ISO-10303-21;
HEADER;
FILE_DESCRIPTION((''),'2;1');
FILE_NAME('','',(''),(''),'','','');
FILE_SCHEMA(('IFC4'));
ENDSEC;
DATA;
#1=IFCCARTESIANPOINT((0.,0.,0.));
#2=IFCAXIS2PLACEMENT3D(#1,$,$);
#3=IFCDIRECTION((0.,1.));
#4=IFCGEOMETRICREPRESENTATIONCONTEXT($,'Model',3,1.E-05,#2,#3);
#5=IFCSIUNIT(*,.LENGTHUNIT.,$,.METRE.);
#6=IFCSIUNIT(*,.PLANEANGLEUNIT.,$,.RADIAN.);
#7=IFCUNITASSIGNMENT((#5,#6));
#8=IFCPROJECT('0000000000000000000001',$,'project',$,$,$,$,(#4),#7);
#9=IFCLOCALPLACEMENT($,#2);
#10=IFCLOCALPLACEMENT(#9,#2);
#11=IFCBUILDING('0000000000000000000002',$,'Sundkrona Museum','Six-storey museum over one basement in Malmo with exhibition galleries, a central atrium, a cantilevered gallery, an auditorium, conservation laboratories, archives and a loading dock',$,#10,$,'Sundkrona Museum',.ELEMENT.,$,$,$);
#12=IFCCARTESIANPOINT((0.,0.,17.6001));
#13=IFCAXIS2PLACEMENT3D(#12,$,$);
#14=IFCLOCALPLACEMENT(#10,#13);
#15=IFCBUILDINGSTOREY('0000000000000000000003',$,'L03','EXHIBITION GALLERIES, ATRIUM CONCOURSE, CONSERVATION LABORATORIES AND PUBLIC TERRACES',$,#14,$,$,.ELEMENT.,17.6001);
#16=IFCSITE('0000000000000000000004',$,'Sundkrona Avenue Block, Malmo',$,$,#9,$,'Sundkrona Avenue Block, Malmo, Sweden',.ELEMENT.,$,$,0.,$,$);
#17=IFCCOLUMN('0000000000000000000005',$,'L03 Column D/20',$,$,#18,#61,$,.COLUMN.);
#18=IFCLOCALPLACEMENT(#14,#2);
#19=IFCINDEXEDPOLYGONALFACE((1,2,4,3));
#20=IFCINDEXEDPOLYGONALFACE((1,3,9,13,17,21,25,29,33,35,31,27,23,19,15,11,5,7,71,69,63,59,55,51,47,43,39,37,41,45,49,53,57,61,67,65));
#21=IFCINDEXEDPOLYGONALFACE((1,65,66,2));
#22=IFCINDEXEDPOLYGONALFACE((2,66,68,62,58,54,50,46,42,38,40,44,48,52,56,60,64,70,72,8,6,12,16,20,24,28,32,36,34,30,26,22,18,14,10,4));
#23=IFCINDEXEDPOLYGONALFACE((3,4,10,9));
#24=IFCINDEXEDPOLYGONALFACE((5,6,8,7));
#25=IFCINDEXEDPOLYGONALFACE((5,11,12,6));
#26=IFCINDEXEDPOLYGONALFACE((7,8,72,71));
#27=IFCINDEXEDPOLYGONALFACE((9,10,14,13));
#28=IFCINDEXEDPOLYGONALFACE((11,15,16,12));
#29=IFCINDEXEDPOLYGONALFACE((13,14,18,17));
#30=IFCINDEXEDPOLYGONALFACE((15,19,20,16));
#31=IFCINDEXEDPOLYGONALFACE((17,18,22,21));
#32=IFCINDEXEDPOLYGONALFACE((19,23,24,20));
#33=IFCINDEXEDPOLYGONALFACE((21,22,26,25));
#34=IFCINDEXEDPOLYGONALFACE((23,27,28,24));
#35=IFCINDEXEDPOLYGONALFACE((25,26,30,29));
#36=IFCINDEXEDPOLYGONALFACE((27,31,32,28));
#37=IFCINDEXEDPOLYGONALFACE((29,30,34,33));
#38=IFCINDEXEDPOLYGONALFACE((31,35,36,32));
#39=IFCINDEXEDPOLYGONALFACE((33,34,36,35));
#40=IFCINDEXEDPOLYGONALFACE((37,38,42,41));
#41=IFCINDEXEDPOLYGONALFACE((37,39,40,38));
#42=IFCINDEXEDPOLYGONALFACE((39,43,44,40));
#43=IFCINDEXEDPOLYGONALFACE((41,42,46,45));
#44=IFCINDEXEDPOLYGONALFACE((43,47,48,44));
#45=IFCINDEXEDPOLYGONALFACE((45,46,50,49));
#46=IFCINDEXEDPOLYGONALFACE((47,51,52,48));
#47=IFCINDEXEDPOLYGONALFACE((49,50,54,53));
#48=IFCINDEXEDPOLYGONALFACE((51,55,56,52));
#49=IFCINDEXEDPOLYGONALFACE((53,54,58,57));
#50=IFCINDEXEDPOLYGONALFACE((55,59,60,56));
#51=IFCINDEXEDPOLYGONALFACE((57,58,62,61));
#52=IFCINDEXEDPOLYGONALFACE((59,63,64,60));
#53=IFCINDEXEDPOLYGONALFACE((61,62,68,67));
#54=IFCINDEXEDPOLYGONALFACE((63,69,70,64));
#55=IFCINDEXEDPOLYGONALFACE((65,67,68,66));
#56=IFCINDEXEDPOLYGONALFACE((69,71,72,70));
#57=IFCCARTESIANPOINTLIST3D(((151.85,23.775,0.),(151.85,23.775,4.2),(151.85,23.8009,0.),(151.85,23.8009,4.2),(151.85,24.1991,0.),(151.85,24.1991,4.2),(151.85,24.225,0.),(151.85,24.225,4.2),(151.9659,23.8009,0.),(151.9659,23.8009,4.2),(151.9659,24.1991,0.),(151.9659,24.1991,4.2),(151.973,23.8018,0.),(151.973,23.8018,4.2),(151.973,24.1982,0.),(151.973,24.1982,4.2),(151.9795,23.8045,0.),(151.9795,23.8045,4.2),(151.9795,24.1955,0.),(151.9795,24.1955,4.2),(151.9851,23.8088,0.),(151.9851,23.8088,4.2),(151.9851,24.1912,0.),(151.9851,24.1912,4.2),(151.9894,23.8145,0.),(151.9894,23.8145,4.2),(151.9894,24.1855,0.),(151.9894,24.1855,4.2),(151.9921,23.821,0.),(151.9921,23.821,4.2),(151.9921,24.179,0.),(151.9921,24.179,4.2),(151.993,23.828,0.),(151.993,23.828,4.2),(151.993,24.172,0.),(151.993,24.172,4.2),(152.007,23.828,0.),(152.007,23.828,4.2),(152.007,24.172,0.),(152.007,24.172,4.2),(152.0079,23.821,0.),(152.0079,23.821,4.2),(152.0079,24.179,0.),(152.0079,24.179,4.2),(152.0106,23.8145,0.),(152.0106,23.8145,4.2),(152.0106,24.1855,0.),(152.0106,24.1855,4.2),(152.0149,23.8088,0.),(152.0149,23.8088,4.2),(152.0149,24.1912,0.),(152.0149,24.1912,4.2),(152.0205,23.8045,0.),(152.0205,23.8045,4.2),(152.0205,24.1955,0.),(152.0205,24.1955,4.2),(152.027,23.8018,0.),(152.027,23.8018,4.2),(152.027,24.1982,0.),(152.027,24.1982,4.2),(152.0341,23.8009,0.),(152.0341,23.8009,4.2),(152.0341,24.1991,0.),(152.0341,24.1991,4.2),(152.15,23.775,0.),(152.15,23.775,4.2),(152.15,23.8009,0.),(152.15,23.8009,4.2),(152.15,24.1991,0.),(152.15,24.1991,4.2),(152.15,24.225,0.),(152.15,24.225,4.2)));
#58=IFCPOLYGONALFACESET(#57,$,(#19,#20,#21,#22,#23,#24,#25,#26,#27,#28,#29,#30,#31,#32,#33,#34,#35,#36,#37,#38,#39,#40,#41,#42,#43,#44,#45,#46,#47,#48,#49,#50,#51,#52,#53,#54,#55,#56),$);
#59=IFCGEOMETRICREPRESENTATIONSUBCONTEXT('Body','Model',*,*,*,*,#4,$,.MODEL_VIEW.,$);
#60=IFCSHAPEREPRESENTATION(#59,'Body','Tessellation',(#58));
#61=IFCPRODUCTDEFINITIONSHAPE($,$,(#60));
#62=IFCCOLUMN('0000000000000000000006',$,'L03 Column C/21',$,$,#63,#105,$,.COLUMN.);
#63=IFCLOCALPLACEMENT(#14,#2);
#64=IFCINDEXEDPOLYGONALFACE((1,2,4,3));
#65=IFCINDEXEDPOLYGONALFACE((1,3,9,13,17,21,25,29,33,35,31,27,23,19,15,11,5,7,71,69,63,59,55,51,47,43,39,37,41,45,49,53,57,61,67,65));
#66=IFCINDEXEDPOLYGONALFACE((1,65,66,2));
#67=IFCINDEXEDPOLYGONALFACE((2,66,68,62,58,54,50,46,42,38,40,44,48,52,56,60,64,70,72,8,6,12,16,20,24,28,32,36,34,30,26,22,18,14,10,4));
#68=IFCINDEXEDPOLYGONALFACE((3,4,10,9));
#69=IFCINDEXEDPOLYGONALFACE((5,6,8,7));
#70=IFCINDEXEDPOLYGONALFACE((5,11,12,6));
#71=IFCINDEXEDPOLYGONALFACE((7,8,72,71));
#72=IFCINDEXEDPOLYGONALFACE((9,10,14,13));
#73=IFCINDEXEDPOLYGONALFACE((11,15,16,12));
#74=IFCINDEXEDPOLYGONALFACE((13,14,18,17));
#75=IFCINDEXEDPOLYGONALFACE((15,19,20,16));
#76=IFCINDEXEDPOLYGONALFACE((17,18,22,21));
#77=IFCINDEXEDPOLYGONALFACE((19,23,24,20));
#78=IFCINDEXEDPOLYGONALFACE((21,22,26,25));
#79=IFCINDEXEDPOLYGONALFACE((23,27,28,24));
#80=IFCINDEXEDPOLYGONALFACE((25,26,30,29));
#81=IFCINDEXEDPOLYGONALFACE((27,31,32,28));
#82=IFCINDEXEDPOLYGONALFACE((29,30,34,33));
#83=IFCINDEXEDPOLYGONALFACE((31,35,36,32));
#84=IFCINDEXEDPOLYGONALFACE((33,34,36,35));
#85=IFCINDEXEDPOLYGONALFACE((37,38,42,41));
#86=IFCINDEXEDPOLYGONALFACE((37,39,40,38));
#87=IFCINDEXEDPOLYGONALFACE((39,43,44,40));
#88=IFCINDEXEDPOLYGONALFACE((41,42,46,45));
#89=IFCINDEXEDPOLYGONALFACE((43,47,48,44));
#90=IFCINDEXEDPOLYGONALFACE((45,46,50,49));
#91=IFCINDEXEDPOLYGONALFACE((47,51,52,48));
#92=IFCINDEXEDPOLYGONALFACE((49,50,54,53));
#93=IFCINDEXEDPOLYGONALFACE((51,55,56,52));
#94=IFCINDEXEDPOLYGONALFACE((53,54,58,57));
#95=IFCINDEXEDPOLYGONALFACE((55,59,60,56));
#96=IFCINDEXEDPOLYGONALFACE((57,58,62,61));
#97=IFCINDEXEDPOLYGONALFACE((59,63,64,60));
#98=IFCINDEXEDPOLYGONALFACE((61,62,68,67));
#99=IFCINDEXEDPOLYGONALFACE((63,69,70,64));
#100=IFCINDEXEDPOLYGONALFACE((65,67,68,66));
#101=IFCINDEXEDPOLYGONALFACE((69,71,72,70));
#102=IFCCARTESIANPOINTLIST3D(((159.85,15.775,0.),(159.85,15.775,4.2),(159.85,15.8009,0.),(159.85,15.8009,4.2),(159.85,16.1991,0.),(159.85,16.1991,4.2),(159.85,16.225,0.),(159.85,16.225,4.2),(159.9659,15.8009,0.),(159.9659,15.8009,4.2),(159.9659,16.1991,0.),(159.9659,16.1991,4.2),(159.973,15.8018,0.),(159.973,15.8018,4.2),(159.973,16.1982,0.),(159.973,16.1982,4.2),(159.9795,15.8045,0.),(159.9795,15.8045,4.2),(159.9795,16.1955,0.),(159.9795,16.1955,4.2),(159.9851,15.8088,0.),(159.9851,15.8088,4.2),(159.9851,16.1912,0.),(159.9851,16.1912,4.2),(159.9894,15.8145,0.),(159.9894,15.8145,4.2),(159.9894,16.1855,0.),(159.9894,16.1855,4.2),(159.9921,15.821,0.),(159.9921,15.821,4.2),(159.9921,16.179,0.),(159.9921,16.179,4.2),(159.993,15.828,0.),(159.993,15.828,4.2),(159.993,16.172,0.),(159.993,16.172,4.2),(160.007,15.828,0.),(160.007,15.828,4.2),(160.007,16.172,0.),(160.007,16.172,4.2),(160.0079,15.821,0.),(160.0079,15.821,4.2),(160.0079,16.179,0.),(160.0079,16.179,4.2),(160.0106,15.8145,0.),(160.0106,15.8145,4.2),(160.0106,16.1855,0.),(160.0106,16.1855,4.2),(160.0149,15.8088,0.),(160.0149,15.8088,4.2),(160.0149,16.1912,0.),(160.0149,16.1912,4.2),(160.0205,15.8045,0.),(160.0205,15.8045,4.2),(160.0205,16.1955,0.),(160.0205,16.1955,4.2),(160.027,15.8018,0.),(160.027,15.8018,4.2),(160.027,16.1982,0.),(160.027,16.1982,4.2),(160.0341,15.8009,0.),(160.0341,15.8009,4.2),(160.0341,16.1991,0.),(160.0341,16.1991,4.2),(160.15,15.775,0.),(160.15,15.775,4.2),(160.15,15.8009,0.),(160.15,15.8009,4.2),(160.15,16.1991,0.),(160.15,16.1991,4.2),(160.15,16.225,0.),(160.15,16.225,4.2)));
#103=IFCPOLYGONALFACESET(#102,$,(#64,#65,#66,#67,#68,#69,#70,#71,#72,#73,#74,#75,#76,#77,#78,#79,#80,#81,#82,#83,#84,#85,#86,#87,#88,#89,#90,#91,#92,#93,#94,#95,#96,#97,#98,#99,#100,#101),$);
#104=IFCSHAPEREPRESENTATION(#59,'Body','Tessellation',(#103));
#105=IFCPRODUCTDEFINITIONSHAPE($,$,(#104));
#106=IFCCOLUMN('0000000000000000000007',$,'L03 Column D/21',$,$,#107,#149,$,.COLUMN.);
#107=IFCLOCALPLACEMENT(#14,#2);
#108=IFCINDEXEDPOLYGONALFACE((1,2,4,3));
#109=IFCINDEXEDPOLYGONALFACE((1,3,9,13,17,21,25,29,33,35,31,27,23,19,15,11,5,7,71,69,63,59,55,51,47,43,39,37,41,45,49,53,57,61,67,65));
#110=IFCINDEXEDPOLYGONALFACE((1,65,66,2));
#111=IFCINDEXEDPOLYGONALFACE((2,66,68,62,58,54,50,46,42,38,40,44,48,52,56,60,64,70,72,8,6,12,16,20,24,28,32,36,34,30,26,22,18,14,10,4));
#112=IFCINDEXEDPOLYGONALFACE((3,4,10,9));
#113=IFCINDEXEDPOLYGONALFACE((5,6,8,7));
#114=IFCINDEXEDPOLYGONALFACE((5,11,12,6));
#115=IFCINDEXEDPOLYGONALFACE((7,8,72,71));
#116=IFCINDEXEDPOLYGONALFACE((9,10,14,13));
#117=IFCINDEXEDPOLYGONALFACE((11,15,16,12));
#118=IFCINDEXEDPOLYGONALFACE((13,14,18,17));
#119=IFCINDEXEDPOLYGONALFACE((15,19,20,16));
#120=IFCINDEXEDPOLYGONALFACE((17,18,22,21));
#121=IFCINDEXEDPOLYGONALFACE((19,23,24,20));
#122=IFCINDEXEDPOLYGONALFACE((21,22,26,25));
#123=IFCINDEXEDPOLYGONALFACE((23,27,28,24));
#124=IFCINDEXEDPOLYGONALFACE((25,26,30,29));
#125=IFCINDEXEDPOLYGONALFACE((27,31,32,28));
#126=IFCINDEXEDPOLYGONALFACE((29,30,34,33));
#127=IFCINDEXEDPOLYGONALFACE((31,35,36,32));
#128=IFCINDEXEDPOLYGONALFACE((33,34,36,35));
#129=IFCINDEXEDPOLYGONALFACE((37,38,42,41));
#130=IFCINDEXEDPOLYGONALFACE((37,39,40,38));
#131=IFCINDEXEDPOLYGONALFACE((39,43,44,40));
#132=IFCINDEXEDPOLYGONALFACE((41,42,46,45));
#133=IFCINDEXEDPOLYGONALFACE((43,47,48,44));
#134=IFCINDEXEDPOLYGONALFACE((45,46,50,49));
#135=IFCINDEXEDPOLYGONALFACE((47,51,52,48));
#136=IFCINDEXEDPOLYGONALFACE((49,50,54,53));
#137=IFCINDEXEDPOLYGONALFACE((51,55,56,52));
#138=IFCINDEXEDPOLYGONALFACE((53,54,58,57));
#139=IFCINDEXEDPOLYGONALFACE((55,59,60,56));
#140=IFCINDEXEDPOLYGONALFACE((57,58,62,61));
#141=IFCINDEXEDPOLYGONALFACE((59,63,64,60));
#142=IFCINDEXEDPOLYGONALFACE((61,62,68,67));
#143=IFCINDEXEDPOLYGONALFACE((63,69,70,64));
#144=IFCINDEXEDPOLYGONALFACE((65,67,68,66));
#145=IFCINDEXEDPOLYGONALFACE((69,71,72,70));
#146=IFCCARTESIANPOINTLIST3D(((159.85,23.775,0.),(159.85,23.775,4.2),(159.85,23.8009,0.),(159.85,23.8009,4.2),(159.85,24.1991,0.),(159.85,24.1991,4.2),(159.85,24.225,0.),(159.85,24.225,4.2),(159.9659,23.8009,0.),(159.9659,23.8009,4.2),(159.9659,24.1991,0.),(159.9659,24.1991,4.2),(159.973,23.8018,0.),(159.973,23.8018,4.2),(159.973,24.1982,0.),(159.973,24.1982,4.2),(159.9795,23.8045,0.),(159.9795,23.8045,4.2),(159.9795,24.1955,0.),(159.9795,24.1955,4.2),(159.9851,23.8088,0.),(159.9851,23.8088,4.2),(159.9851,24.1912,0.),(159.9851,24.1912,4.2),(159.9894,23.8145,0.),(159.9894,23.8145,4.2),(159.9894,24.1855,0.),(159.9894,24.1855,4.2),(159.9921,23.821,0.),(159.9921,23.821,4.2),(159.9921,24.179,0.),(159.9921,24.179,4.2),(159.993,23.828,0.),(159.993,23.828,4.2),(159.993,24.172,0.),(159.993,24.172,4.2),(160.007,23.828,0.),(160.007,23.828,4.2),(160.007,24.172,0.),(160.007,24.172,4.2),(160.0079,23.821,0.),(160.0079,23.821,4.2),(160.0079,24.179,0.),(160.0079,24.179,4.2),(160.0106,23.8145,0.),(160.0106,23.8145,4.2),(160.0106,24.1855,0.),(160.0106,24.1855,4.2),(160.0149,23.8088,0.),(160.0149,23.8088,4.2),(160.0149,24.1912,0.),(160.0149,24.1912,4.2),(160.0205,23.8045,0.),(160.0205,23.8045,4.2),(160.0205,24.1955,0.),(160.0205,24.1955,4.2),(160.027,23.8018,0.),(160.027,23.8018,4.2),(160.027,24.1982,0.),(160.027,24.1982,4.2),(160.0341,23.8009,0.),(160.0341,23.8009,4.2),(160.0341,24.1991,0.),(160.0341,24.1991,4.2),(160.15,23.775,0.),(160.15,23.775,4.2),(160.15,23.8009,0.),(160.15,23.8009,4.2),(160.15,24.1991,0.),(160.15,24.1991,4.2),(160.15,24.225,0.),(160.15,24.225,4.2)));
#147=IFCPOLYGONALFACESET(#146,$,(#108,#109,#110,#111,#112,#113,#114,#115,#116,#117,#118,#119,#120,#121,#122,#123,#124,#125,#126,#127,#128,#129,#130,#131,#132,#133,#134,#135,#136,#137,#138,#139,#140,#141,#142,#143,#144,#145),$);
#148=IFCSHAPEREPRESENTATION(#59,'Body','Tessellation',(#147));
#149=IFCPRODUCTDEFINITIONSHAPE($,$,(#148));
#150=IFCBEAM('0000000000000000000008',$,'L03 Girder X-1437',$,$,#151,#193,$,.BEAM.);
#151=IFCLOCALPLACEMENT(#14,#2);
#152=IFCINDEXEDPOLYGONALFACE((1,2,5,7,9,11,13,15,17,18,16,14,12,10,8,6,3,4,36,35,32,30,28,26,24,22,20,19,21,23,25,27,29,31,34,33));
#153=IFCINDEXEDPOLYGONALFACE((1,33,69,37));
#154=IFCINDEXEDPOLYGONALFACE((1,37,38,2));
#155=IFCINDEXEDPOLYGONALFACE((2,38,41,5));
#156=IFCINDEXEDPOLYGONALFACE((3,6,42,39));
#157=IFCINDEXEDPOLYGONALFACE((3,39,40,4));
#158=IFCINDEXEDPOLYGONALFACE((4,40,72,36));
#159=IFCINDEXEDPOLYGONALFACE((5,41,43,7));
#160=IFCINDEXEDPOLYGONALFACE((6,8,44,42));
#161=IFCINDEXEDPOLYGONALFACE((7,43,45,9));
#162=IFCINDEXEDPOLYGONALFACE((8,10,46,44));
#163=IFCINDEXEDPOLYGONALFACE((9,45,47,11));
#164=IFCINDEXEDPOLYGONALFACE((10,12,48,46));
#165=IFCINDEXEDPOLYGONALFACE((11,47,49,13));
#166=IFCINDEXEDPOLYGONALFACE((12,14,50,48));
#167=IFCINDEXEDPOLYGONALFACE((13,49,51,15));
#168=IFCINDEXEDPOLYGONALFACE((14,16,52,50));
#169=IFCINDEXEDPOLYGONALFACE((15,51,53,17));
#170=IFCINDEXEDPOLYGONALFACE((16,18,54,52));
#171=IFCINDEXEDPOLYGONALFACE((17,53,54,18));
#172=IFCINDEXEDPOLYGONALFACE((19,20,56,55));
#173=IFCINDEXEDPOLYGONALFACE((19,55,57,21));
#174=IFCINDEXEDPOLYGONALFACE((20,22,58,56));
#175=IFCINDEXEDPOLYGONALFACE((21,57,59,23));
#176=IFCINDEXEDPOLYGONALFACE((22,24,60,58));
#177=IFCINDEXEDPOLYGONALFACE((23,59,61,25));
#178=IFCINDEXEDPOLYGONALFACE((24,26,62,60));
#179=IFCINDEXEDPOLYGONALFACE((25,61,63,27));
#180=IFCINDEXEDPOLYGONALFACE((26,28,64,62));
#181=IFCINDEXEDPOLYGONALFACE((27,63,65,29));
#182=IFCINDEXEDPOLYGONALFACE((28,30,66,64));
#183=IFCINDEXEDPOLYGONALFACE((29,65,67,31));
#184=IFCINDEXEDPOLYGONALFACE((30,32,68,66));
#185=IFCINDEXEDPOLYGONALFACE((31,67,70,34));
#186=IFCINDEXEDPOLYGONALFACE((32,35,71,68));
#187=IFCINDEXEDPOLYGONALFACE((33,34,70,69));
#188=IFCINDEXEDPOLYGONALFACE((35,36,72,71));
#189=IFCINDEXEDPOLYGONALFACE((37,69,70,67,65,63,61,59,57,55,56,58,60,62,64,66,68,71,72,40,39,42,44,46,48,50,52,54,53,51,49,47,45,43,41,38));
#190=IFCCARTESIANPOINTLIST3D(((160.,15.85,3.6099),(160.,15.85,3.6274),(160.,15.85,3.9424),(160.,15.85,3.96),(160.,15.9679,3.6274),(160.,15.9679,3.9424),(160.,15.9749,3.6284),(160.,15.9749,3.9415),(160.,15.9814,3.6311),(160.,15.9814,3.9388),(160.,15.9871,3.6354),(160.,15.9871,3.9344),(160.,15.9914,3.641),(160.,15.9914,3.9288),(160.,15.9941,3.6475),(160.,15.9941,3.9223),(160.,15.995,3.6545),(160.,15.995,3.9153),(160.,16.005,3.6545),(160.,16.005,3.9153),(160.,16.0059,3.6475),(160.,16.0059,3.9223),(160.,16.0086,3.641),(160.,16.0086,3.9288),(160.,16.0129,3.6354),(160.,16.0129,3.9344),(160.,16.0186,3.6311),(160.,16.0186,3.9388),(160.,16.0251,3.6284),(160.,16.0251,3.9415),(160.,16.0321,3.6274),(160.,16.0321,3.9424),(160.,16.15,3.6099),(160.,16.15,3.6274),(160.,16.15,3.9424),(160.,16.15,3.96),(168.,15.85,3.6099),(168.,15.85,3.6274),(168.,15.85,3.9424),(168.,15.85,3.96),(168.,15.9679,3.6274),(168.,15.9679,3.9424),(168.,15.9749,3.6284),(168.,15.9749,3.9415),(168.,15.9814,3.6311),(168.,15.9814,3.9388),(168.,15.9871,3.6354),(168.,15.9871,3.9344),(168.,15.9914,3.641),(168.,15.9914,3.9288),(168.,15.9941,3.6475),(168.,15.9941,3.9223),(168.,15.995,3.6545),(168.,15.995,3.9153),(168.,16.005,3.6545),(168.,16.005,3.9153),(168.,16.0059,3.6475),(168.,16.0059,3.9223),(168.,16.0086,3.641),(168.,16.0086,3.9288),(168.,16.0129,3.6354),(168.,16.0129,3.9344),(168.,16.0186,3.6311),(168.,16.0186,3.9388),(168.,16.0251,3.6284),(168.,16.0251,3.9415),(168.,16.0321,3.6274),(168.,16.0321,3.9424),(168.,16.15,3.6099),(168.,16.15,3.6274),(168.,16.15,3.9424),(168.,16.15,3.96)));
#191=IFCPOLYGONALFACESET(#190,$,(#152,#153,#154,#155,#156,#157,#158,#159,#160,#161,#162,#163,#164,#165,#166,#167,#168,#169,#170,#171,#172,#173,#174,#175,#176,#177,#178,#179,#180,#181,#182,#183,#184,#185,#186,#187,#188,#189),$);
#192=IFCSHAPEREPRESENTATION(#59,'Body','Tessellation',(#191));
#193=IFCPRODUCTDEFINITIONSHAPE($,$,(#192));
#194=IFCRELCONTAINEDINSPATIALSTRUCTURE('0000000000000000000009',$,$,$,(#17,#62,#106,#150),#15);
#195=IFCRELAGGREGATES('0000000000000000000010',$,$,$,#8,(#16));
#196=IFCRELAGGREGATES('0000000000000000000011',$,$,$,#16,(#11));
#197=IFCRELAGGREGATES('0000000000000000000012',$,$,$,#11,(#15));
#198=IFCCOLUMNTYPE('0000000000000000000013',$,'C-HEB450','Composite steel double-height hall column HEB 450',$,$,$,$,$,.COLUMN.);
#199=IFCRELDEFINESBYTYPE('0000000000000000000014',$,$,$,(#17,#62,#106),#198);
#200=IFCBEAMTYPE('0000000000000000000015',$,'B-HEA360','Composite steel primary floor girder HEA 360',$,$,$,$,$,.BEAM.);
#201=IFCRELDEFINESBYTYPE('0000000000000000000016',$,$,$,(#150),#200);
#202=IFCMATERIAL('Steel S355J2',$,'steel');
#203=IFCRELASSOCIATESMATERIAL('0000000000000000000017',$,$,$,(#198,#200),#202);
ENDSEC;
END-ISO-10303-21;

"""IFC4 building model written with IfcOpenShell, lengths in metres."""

from ifc_helpers import new_model, si_unit, direction, frame, origin, origin_2d, place, context, subcontext, project, spatial, i_section, extrude, material, material_profile, profile_set, type_object, element, save


model = new_model("IFC4")

# Units and contexts
model_context = context("Model", 3, precision=1e-05, world=origin(), true_north=direction((0.0, 1.0)))
body_context = subcontext(model_context, "Body", "Model", "MODEL_VIEW")
ifc_project = project(units=[si_unit("LENGTHUNIT", "METRE"), si_unit("PLANEANGLEUNIT", "RADIAN")], contexts=[model_context])

# Site, building, storey
site_placement = place(None, origin())
site = spatial("IfcSite", under=ifc_project, at=site_placement, Name="Sundkrona Avenue Block, Malmo", LongName="Sundkrona Avenue Block, Malmo, Sweden", CompositionType="ELEMENT", RefElevation=0.0)
building_placement = place(site_placement, origin())
building = spatial("IfcBuilding", under=site, at=building_placement, Name="Sundkrona Museum", Description="Six-storey museum over one basement in Malmo with exhibition galleries, a central atrium, a cantilevered gallery, an auditorium, conservation laboratories, archives and a loading dock", LongName="Sundkrona Museum", CompositionType="ELEMENT")
storey_placement = place(building_placement, frame((0.0, 0.0, 17.6001)))
storey = spatial("IfcBuildingStorey", under=building, at=storey_placement, Name="L03", Description="EXHIBITION GALLERIES, ATRIUM CONCOURSE, CONSERVATION LABORATORIES AND PUBLIC TERRACES", CompositionType="ELEMENT", Elevation=17.6001)

# Columns
ifc_material_1 = material(Name="Steel S355J2", Category="steel")
ifc_material_profile_1 = material_profile(ifc_material_1, i_section(OverallWidth=0.3, OverallDepth=0.45, WebThickness=0.0139, FlangeThickness=0.0259, FilletRadius=0.0271, at=origin_2d()), Name="HEB 450")
ifc_profile_set_1 = profile_set([ifc_material_profile_1], Name="Steel S355J2")
column_type = type_object("IfcColumnType", Name="C-HEB450", Description="Composite steel double-height hall column HEB 450", PredefinedType="COLUMN", material=ifc_profile_set_1)
for number, where, z_axis, x_axis, name in (
    (1, (152.0, 24.0, 0.0), (0.0, 0.0, 1.0), (1.0, 0.0, 0.0), "L03 Column D/20"),
    (2, (160.0, 16.0, 0.0), (0.0, 0.0, 1.0), (1.0, 0.0, 0.0), "L03 Column C/21"),
    (3, (160.0, 24.0, 0.0), (0.0, 0.0, 1.0), (1.0, 0.0, 0.0), "L03 Column D/21"),
):
    element("IfcColumn", number, at=place(storey_placement, frame(where, z_axis=z_axis, x_axis=x_axis)), inside=storey, type_object=column_type, Name=name, PredefinedType="COLUMN", context=body_context, shape_type="SweptSolid", body=[
        extrude(i_section(OverallWidth=0.3, OverallDepth=0.45, WebThickness=0.0139, FlangeThickness=0.0259, FilletRadius=0.0271, at=origin_2d()), origin(), (0.0, 0.0, 1.0), 4.2),
    ])

# Beam
ifc_material_profile_2 = material_profile(ifc_material_1, i_section(OverallWidth=0.3, OverallDepth=0.3501, WebThickness=0.01, FlangeThickness=0.0176, FilletRadius=0.0271, at=origin_2d()), Name="HEA 360")
ifc_profile_set_2 = profile_set([ifc_material_profile_2], Name="Steel S355J2")
beam_type_1 = type_object("IfcBeamType", Name="B-HEA360", Description="Composite steel primary floor girder HEA 360", PredefinedType="BEAM", material=ifc_profile_set_2)
for number, where, z_axis, x_axis, name in (
    (4, (160.0, 16.0, 3.7849), (1.0, 0.0, 0.0), (0.0, 1.0, 0.0), "L03 Girder X-1437"),
):
    element("IfcBeam", number, at=place(storey_placement, frame(where, z_axis=z_axis, x_axis=x_axis)), inside=storey, type_object=beam_type_1, Name=name, PredefinedType="BEAM", context=body_context, shape_type="SweptSolid", body=[
        extrude(i_section(OverallWidth=0.3, OverallDepth=0.3501, WebThickness=0.01, FlangeThickness=0.0176, FilletRadius=0.0271, at=origin_2d()), origin(), (0.0, 0.0, 1.0), 8.0),
    ])

save(model, "model.ifc")
